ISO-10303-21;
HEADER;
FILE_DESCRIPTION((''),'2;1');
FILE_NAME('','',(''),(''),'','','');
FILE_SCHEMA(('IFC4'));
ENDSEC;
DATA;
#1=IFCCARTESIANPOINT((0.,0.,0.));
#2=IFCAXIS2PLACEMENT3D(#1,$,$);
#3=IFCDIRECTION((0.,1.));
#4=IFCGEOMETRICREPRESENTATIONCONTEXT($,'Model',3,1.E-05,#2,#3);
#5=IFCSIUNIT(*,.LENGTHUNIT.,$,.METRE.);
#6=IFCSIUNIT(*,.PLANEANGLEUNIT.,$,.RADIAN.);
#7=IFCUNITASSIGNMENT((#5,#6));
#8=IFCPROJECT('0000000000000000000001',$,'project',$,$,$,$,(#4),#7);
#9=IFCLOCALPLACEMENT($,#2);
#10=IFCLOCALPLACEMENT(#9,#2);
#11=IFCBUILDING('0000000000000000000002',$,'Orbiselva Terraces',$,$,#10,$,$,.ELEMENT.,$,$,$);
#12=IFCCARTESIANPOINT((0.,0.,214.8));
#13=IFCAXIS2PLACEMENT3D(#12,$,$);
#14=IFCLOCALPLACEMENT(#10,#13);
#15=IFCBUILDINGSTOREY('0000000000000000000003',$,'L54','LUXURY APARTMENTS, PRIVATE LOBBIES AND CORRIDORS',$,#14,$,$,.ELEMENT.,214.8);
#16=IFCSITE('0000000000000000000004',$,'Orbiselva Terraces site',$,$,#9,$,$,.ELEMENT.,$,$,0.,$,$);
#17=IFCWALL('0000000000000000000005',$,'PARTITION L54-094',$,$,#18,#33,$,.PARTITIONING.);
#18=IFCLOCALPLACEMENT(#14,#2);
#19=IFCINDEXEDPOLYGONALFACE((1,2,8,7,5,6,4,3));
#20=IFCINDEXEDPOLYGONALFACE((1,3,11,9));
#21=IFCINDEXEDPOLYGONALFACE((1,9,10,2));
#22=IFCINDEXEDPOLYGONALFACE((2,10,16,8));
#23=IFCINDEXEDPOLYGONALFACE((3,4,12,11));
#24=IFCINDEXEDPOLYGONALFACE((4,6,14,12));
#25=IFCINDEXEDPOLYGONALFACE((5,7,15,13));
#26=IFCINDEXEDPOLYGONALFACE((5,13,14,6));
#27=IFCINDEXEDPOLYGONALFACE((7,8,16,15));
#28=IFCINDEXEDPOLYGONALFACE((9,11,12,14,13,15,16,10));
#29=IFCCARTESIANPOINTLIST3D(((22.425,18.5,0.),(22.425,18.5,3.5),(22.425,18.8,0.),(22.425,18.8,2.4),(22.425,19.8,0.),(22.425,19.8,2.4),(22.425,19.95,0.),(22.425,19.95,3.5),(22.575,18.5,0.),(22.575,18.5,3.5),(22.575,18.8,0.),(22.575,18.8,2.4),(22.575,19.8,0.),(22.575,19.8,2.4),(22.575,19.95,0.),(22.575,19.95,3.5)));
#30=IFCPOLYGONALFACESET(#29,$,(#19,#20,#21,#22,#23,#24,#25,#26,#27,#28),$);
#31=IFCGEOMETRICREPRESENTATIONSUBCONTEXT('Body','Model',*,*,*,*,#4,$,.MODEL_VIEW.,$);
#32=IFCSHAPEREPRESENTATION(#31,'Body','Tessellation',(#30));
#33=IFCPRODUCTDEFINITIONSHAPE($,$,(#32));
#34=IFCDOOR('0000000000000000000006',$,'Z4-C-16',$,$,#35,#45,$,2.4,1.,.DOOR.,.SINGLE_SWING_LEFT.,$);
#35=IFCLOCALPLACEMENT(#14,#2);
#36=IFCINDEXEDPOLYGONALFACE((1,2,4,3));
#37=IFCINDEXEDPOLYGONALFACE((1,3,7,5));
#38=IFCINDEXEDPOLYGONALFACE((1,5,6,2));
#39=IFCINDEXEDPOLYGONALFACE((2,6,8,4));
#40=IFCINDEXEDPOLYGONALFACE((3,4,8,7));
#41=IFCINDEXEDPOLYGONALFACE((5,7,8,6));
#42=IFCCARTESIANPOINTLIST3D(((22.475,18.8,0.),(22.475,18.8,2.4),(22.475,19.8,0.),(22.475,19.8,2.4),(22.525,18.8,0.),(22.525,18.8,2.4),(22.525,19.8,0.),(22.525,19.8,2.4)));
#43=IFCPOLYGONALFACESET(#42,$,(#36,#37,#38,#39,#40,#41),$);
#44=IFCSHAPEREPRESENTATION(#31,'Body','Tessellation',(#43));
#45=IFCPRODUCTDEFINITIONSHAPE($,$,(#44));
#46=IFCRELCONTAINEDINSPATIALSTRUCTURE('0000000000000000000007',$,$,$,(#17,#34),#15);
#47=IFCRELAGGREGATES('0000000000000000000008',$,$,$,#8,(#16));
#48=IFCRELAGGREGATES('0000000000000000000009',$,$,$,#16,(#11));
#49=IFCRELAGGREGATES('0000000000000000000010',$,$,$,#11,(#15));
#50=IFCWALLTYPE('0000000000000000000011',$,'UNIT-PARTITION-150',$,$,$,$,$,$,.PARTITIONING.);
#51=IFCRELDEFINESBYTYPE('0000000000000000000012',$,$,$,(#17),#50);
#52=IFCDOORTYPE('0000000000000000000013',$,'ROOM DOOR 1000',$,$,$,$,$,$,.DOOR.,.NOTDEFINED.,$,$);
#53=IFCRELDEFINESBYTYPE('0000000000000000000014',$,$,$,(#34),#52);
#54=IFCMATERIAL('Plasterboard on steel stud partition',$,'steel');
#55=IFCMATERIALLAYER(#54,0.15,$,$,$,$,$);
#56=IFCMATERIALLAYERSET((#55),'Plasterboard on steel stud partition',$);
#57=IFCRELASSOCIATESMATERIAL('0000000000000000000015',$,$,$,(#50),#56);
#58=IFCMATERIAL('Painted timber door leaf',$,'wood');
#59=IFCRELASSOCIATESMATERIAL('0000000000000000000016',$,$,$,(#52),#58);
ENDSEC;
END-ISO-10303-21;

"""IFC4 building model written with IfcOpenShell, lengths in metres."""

from ifc_helpers import new_model, si_unit, direction, frame, frame_2d, origin, place, context, subcontext, project, spatial, rectangle, extrude, material, layer, layer_set, type_object, element, fill, save


model = new_model("IFC4")

# Units and contexts
model_context = context("Model", 3, precision=1e-05, world=origin(), true_north=direction((0.0, 1.0)))
body_context = subcontext(model_context, "Body", "Model", "MODEL_VIEW")
ifc_project = project(units=[si_unit("LENGTHUNIT", "METRE"), si_unit("PLANEANGLEUNIT", "RADIAN")], contexts=[model_context])

# Site, building, storey
site_placement = place(None, origin())
site = spatial("IfcSite", under=ifc_project, at=site_placement, Name="Orbiselva Terraces site", CompositionType="ELEMENT", RefElevation=0.0)
building_placement = place(site_placement, origin())
building = spatial("IfcBuilding", under=site, at=building_placement, Name="Orbiselva Terraces", CompositionType="ELEMENT")
storey_placement = place(building_placement, frame((0.0, 0.0, 214.8)))
storey = spatial("IfcBuildingStorey", under=building, at=storey_placement, Name="L54", Description="LUXURY APARTMENTS, PRIVATE LOBBIES AND CORRIDORS", CompositionType="ELEMENT", Elevation=214.8)

# Shared definitions
ifc_material_1 = material(Name="Plasterboard on steel stud partition", Category="steel")
ifc_material_2 = material(Name="Painted timber door leaf", Category="wood")

# Shared definitions
ifc_layer_1 = layer(ifc_material_1, 0.15)
ifc_layer_set_1 = layer_set([ifc_layer_1], Name="Plasterboard on steel stud partition")
wall_type_1 = type_object("IfcWallType", Name="UNIT-PARTITION-150", PredefinedType="PARTITIONING", material=ifc_layer_set_1)
door_type_1 = type_object("IfcDoorType", Name="ROOM DOOR 1000", OperationType="NOTDEFINED", PredefinedType="DOOR", material=ifc_material_2)

# Wall, opening, door
wall_1_placement = place(storey_placement, frame((22.5, 19.95, 0.0), z_axis=(0.0, 0.0, 1.0), x_axis=(0.0, -1.0, 0.0)))
wall_1 = element("IfcWall", 1, at=wall_1_placement, inside=storey, type_object=wall_type_1, Name="PARTITION L54-094", PredefinedType="PARTITIONING", context=body_context, shape_type="SweptSolid", body=[
    extrude(rectangle(XDim=1.45, YDim=0.15, at=frame_2d((0.725, 0.0))), origin(), (0.0, 0.0, 1.0), 3.5),
])
opening_1_placement = place(wall_1_placement, frame((0.15, 0.0, 0.0)))
opening_1 = element("IfcOpeningElement", 2, at=opening_1_placement, cuts=wall_1, PredefinedType="OPENING", context=body_context, shape_type="SweptSolid", body=[
    extrude(rectangle(XDim=1.0, YDim=2.4, at=frame_2d((0.5, 1.2))), frame((0.0, 0.085, 0.0), z_axis=(0.0, -1.0, 0.0), x_axis=(1.0, 0.0, 0.0)), (0.0, 0.0, 1.0), 0.17),
])
door_1_placement = place(opening_1_placement, origin())
door_1 = element("IfcDoor", 3, at=door_1_placement, inside=storey, type_object=door_type_1, Name="Z4-C-16", OperationType="SINGLE_SWING_LEFT", OverallHeight=2.4, OverallWidth=1.0, PredefinedType="DOOR", context=body_context, shape_type="SweptSolid", body=[
    extrude(rectangle(XDim=1.0, YDim=2.4, at=frame_2d((0.5, 1.2))), frame((0.0, 0.025, 0.0), z_axis=(0.0, -1.0, 0.0), x_axis=(1.0, 0.0, 0.0)), (0.0, 0.0, 1.0), 0.05),
])
fill(opening_1, door_1)

save(model, "model.ifc")
